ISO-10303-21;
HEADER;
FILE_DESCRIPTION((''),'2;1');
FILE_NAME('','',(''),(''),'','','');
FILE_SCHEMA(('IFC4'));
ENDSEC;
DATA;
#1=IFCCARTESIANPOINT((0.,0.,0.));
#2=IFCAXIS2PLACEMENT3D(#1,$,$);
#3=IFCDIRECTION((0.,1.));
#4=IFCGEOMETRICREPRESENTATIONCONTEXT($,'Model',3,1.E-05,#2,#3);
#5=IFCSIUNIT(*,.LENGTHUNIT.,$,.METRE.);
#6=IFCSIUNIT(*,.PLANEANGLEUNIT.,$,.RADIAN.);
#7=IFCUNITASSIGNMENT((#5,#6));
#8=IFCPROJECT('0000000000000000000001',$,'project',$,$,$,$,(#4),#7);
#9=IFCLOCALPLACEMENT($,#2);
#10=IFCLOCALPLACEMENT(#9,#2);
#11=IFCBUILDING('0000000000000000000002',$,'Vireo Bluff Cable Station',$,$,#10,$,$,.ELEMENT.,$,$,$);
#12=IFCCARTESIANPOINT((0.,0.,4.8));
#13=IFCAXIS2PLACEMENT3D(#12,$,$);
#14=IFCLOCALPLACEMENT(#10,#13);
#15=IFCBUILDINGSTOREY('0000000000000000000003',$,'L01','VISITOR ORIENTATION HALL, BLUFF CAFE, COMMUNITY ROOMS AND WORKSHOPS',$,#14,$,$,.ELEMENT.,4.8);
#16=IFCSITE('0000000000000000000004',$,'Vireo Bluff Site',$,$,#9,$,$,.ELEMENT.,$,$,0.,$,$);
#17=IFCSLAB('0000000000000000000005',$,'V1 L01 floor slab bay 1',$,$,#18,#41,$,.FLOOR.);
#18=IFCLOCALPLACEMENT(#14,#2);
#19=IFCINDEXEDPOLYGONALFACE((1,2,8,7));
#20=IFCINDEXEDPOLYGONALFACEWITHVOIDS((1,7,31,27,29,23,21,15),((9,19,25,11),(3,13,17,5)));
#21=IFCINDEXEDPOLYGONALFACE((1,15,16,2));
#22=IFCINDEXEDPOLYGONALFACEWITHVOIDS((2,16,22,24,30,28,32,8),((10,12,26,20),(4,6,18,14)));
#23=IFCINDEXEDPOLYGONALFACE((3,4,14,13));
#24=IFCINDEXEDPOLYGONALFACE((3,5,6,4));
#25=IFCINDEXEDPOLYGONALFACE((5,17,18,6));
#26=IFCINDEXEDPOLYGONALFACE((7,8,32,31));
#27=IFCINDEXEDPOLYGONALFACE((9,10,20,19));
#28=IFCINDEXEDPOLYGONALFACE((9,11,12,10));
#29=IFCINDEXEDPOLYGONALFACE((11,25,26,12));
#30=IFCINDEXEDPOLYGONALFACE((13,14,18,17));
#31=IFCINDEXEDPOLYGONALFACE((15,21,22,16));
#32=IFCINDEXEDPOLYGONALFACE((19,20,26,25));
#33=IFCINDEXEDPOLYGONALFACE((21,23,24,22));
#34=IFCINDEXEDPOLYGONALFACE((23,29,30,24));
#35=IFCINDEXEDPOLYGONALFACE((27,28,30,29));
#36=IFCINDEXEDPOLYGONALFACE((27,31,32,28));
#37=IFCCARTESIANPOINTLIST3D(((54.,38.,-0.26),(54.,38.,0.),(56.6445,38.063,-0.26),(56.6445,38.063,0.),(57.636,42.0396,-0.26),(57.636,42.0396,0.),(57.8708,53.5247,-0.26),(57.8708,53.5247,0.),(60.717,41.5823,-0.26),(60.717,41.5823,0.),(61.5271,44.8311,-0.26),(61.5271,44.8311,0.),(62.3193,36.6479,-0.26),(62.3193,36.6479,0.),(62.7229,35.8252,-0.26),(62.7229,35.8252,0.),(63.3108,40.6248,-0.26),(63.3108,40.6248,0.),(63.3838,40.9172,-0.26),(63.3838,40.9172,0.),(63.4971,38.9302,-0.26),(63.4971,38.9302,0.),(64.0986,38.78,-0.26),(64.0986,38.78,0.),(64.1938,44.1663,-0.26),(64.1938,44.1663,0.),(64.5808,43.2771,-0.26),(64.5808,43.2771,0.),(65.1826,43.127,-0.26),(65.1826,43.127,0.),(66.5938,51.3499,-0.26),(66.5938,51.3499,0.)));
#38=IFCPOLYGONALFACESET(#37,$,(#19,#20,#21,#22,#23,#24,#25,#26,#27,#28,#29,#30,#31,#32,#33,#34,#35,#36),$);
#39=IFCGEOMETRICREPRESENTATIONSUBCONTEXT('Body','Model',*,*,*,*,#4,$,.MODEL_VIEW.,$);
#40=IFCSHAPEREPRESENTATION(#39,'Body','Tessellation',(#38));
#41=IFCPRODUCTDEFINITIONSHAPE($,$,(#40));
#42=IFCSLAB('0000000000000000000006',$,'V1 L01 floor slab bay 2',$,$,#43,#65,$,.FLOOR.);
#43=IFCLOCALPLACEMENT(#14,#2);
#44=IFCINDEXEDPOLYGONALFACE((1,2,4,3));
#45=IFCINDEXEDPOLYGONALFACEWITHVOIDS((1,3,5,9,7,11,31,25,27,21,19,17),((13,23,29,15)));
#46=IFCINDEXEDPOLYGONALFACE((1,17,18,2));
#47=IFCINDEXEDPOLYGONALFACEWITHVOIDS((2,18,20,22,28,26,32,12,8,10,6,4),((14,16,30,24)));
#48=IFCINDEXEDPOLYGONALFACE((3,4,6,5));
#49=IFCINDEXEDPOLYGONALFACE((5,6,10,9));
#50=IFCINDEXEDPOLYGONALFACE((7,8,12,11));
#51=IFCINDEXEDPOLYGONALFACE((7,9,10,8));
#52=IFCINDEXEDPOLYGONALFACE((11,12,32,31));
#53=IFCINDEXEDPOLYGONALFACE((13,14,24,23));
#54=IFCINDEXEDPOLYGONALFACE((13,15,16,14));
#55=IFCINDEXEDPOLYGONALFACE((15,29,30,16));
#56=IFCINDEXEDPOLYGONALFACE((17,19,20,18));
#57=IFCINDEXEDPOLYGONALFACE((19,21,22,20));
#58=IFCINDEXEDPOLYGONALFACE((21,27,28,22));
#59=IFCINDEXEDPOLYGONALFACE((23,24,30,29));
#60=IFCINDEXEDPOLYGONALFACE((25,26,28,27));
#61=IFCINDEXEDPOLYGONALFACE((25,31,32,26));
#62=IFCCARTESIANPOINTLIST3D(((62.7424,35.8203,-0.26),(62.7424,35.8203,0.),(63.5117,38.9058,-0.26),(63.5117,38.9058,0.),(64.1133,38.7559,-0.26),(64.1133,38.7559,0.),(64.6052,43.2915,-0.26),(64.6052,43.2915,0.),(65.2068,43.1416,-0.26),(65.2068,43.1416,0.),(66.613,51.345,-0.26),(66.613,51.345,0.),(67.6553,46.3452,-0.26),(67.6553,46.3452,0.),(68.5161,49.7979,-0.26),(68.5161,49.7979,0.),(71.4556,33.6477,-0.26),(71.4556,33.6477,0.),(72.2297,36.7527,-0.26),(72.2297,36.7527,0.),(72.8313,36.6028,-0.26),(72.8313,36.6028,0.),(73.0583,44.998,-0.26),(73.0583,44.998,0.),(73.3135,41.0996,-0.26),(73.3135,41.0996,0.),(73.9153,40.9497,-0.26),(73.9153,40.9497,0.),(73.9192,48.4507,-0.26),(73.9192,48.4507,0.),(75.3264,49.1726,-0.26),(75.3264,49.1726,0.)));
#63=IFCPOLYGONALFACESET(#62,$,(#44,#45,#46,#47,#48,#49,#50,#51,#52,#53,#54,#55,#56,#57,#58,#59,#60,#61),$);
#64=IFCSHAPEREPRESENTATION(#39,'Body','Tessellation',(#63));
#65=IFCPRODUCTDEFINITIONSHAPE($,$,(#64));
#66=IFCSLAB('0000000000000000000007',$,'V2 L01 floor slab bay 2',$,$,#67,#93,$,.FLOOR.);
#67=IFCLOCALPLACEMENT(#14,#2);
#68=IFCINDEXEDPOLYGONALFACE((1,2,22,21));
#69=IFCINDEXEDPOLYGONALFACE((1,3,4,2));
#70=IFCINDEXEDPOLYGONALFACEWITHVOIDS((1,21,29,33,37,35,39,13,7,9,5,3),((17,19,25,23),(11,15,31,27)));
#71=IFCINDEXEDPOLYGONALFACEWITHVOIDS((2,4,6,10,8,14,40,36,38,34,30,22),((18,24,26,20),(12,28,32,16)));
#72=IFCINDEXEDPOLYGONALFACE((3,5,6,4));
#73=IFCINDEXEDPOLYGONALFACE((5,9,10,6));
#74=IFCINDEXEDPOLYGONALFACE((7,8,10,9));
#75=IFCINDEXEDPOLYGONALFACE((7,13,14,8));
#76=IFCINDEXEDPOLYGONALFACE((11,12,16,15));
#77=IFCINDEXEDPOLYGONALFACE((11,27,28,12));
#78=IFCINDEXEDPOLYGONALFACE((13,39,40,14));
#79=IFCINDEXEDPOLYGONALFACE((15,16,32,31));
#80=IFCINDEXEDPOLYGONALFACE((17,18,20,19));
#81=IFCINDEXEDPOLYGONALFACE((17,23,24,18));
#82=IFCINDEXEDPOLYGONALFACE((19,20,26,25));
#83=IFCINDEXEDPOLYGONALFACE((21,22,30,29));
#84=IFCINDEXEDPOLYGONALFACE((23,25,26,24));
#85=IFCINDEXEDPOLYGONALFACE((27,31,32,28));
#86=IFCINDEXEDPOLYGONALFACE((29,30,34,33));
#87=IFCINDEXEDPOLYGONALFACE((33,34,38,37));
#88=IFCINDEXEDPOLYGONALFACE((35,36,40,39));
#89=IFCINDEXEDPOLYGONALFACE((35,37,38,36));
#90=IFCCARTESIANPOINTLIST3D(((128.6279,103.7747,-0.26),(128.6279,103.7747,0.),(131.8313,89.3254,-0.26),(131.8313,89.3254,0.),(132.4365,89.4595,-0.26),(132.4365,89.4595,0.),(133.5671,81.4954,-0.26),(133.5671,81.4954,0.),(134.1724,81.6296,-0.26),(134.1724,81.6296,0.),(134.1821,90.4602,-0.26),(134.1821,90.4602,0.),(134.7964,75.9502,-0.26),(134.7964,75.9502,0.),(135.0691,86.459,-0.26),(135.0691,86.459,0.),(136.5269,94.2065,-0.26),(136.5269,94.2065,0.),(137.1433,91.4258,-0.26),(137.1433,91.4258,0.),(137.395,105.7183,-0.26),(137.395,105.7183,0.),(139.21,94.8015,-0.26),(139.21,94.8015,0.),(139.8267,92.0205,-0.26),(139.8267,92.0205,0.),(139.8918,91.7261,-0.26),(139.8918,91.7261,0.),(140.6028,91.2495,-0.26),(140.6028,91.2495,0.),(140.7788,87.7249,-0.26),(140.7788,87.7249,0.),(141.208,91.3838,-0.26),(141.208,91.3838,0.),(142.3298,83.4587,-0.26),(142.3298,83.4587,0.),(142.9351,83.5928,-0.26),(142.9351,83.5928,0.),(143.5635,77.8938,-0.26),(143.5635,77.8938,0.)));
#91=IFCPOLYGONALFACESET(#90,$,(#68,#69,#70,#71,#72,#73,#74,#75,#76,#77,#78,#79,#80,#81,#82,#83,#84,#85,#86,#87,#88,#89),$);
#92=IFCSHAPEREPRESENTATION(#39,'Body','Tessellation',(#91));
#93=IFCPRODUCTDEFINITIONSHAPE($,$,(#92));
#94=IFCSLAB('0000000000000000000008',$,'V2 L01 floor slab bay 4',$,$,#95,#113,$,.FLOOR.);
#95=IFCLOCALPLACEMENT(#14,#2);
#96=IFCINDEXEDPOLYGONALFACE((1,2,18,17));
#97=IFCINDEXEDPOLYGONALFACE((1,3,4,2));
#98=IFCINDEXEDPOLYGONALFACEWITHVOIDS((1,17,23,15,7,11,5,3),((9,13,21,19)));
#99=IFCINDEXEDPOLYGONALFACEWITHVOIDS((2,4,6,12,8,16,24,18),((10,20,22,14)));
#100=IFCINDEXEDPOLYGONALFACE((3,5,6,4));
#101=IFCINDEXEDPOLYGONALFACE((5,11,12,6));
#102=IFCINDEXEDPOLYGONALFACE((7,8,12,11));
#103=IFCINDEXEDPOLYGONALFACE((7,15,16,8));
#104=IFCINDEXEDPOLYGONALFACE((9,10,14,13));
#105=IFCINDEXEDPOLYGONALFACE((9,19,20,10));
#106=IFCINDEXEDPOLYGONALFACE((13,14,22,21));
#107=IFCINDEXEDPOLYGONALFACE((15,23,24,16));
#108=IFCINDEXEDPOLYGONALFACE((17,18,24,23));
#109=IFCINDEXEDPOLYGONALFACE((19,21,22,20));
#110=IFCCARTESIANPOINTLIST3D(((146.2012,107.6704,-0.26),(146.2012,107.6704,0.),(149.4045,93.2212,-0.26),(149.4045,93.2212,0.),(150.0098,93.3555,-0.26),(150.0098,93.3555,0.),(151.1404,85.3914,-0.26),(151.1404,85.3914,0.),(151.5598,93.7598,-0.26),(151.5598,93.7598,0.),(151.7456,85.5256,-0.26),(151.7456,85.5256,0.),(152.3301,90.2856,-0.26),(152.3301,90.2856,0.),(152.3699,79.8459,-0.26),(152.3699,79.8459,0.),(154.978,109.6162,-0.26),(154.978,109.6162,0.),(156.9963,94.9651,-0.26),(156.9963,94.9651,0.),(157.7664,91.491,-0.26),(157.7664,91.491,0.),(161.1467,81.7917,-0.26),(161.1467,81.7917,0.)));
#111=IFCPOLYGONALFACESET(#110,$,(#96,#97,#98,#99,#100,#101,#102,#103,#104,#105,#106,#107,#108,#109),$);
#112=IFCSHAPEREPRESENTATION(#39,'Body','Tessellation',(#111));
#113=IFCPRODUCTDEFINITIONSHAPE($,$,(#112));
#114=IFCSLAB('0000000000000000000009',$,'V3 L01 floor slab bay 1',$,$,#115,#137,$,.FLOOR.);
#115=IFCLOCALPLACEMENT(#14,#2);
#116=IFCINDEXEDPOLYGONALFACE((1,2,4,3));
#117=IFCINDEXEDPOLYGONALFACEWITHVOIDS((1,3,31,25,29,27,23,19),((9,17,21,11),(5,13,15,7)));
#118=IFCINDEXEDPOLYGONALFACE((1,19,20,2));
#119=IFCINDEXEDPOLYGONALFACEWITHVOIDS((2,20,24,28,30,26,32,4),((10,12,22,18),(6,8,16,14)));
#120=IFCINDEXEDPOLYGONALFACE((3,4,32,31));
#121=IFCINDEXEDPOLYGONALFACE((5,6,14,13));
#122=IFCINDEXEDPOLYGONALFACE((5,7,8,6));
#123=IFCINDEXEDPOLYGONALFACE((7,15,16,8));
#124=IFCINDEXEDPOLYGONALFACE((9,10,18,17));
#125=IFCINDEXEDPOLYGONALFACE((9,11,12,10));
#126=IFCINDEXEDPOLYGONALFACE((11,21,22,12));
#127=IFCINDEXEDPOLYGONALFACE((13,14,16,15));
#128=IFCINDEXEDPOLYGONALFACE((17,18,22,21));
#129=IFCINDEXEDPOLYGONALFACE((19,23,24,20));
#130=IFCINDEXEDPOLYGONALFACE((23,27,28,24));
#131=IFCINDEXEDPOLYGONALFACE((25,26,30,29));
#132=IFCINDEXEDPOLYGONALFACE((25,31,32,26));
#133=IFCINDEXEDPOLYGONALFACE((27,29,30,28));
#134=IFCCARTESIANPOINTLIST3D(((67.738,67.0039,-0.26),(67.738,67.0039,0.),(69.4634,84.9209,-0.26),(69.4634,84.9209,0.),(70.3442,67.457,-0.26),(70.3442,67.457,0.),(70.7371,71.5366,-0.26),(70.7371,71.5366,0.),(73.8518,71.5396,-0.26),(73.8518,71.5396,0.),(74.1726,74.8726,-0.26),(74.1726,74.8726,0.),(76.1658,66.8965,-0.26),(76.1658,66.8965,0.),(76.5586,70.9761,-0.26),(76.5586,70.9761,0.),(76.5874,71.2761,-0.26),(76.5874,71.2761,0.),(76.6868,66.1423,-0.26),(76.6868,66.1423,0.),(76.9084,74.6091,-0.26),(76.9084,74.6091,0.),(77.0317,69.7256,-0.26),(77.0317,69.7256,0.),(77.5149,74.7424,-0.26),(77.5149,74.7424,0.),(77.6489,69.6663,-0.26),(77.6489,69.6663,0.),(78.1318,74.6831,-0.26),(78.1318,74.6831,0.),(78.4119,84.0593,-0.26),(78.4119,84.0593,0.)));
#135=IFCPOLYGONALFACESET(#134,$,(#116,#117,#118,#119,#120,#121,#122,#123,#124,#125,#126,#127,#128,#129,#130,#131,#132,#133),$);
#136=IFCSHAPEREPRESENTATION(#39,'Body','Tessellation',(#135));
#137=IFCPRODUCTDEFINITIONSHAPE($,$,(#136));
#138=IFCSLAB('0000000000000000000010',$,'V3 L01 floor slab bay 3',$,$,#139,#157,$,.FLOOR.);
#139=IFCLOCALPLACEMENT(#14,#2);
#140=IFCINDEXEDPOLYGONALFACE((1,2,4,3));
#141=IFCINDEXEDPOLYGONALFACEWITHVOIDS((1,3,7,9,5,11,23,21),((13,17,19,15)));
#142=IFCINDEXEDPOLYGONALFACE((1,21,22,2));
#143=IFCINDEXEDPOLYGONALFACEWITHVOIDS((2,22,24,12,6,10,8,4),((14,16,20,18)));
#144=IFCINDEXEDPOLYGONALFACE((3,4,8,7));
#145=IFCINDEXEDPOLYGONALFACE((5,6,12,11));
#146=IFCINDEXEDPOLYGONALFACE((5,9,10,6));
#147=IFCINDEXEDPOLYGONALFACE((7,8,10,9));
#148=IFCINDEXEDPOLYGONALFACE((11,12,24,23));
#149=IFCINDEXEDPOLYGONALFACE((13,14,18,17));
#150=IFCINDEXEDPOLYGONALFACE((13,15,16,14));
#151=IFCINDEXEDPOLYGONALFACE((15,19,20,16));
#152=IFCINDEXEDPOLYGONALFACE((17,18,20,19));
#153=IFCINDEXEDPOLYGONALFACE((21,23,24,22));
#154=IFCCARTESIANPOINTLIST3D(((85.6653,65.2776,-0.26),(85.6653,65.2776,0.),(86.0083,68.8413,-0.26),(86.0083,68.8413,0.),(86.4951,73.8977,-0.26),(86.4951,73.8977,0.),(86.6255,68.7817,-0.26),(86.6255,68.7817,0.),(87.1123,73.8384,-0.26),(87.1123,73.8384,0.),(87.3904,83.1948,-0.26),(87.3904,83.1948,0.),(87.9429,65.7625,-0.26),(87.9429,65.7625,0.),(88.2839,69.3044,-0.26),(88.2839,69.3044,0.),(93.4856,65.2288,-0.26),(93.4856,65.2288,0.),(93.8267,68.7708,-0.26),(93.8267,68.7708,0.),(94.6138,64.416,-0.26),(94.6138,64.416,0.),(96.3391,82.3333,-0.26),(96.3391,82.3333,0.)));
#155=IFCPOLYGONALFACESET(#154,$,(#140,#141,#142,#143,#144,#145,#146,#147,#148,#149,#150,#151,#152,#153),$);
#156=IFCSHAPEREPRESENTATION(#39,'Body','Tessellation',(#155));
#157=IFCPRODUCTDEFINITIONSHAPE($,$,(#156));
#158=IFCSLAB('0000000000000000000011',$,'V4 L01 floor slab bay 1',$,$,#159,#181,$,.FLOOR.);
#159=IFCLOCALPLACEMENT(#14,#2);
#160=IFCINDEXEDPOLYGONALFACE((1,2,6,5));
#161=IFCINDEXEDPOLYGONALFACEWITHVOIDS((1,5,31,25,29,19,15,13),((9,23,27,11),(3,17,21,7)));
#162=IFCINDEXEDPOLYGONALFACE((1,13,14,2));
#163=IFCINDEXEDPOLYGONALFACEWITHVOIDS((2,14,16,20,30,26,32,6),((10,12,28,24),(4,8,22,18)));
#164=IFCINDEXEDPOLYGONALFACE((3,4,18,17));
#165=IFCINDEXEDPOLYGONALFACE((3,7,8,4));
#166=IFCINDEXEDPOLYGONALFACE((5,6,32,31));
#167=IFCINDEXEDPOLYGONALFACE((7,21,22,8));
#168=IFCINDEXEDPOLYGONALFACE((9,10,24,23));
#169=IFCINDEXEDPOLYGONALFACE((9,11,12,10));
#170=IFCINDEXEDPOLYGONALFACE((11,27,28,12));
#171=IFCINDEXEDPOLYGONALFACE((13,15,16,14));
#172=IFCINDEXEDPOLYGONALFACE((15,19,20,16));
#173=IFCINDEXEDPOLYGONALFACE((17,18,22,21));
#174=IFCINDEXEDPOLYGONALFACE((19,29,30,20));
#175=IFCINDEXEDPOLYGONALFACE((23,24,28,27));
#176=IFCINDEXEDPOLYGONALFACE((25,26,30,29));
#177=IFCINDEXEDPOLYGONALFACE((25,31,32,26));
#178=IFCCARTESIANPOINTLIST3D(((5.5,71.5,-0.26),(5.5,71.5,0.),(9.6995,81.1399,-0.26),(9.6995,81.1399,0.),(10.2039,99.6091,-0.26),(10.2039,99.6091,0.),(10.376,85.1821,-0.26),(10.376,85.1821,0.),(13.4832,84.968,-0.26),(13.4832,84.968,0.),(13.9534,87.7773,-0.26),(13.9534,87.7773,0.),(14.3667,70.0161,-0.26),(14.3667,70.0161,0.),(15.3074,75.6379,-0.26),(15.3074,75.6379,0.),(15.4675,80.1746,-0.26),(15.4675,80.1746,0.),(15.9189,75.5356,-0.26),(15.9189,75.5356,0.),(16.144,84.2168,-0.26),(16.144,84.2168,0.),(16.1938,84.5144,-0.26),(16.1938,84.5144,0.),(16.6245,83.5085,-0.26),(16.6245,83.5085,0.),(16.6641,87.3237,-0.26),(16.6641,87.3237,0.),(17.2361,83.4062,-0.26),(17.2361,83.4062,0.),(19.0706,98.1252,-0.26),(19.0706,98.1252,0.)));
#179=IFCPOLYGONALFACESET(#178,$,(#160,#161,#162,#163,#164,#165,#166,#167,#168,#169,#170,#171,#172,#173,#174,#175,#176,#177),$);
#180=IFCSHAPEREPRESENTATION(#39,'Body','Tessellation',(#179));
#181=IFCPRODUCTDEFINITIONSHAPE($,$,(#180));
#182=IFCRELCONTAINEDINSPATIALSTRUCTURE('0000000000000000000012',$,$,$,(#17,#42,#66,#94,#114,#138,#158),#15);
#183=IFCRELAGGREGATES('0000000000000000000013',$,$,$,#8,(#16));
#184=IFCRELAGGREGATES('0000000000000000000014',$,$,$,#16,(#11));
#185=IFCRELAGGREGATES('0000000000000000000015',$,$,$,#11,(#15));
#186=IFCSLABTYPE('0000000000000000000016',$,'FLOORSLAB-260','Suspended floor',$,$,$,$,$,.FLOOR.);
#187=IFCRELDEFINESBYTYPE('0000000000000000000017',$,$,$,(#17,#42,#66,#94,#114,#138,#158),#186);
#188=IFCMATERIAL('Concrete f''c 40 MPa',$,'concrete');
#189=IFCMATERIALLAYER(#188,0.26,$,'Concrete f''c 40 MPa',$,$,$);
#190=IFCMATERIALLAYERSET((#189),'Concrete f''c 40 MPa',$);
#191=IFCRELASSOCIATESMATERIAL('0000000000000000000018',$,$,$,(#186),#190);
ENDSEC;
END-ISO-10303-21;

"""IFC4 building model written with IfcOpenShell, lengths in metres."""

from ifc_helpers import new_model, si_unit, direction, frame, origin, place, context, subcontext, project, spatial, polyline, outline, extrude, material, layer, layer_set, type_object, element, save


model = new_model("IFC4")

# Units and contexts
model_context = context("Model", 3, precision=1e-05, world=origin(), true_north=direction((0.0, 1.0)))
body_context = subcontext(model_context, "Body", "Model", "MODEL_VIEW")
ifc_project = project(units=[si_unit("LENGTHUNIT", "METRE"), si_unit("PLANEANGLEUNIT", "RADIAN")], contexts=[model_context])

# Site, building, storey
site_placement = place(None, origin())
site = spatial("IfcSite", under=ifc_project, at=site_placement, Name="Vireo Bluff Site", CompositionType="ELEMENT", RefElevation=0.0)
building_placement = place(site_placement, origin())
building = spatial("IfcBuilding", under=site, at=building_placement, Name="Vireo Bluff Cable Station", CompositionType="ELEMENT")
storey_placement = place(building_placement, frame((0.0, 0.0, 4.8)))
storey = spatial("IfcBuildingStorey", under=building, at=storey_placement, Name="L01", Description="VISITOR ORIENTATION HALL, BLUFF CAFE, COMMUNITY ROOMS AND WORKSHOPS", CompositionType="ELEMENT", Elevation=4.8)

# Slabs
ifc_material = material(Name="Concrete f'c 40 MPa", Category="concrete")
ifc_layer_1 = layer(ifc_material, 0.26, Name="Concrete f'c 40 MPa")
ifc_layer_set_1 = layer_set([ifc_layer_1], Name="Concrete f'c 40 MPa")
slab_type_1 = type_object("IfcSlabType", Name="FLOORSLAB-260", Description="Suspended floor", PredefinedType="FLOOR", material=ifc_layer_set_1)
slab_1_placement = place(storey_placement, frame((0.0, 0.0, -0.26)))
element("IfcSlab", 1, at=slab_1_placement, inside=storey, type_object=slab_type_1, Name="V1 L01 floor slab bay 1", PredefinedType="FLOOR", context=body_context, shape_type="SweptSolid", body=[
    extrude(outline(polyline([(54.0, 38.0), (62.7229, 35.8252), (63.4971, 38.9302), (64.0986, 38.78), (65.1826, 43.127), (64.5808, 43.2771), (66.5938, 51.3499), (57.8708, 53.5247), (54.0, 38.0)]), holes=[polyline([(56.6445, 38.063), (57.636, 42.0396), (63.3108, 40.6248), (62.3193, 36.6479), (56.6445, 38.063)]), polyline([(60.717, 41.5823), (61.5271, 44.8311), (64.1938, 44.1663), (63.3838, 40.9172), (60.717, 41.5823)])]), origin(), (0.0, 0.0, 1.0), 0.26),
])
slab_2_placement = place(storey_placement, frame((0.0, 0.0, -0.26)))
element("IfcSlab", 2, at=slab_2_placement, inside=storey, type_object=slab_type_1, Name="V1 L01 floor slab bay 2", PredefinedType="FLOOR", context=body_context, shape_type="SweptSolid", body=[
    extrude(outline(polyline([(62.7424, 35.8203), (71.4556, 33.6477), (72.2297, 36.7527), (72.8313, 36.6028), (73.9153, 40.9497), (73.3135, 41.0996), (75.3264, 49.1726), (66.613, 51.345), (64.6052, 43.2915), (65.2068, 43.1416), (64.1133, 38.7559), (63.5117, 38.9058), (62.7424, 35.8203)]), holes=[polyline([(67.6553, 46.3452), (68.5161, 49.7979), (73.9192, 48.4507), (73.0583, 44.998), (67.6553, 46.3452)])]), origin(), (0.0, 0.0, 1.0), 0.26),
])
slab_3_placement = place(storey_placement, frame((0.0, 0.0, -0.26)))
element("IfcSlab", 3, at=slab_3_placement, inside=storey, type_object=slab_type_1, Name="V2 L01 floor slab bay 2", PredefinedType="FLOOR", context=body_context, shape_type="SweptSolid", body=[
    extrude(outline(polyline([(134.7964, 75.9502), (143.5635, 77.8938), (142.3298, 83.4587), (142.9351, 83.5928), (141.208, 91.3838), (140.6028, 91.2495), (137.395, 105.7183), (128.6279, 103.7747), (131.8313, 89.3254), (132.4365, 89.4595), (134.1724, 81.6296), (133.5671, 81.4954), (134.7964, 75.9502)]), holes=[polyline([(135.0691, 86.459), (134.1821, 90.4602), (139.8918, 91.7261), (140.7788, 87.7249), (135.0691, 86.459)]), polyline([(137.1433, 91.4258), (136.5269, 94.2065), (139.21, 94.8015), (139.8267, 92.0205), (137.1433, 91.4258)])]), origin(), (0.0, 0.0, 1.0), 0.26),
])
slab_4_placement = place(storey_placement, frame((0.0, 0.0, -0.26)))
element("IfcSlab", 4, at=slab_4_placement, inside=storey, type_object=slab_type_1, Name="V2 L01 floor slab bay 4", PredefinedType="FLOOR", context=body_context, shape_type="SweptSolid", body=[
    extrude(outline(polyline([(152.3699, 79.8459), (161.1467, 81.7917), (154.978, 109.6162), (146.2012, 107.6704), (149.4045, 93.2212), (150.0098, 93.3555), (151.7456, 85.5256), (151.1404, 85.3914), (152.3699, 79.8459)]), holes=[polyline([(152.3301, 90.2856), (151.5598, 93.7598), (156.9963, 94.9651), (157.7664, 91.491), (152.3301, 90.2856)])]), origin(), (0.0, 0.0, 1.0), 0.26),
])
slab_5_placement = place(storey_placement, frame((0.0, 0.0, -0.26)))
element("IfcSlab", 5, at=slab_5_placement, inside=storey, type_object=slab_type_1, Name="V3 L01 floor slab bay 1", PredefinedType="FLOOR", context=body_context, shape_type="SweptSolid", body=[
    extrude(outline(polyline([(67.738, 67.0039), (76.6868, 66.1423), (77.0317, 69.7256), (77.6489, 69.6663), (78.1318, 74.6831), (77.5149, 74.7424), (78.4119, 84.0593), (69.4634, 84.9209), (67.738, 67.0039)]), holes=[polyline([(70.3442, 67.457), (70.7371, 71.5366), (76.5586, 70.9761), (76.1658, 66.8965), (70.3442, 67.457)]), polyline([(73.8518, 71.5396), (74.1726, 74.8726), (76.9084, 74.6091), (76.5874, 71.2761), (73.8518, 71.5396)])]), origin(), (0.0, 0.0, 1.0), 0.26),
])
slab_6_placement = place(storey_placement, frame((0.0, 0.0, -0.26)))
element("IfcSlab", 6, at=slab_6_placement, inside=storey, type_object=slab_type_1, Name="V3 L01 floor slab bay 3", PredefinedType="FLOOR", context=body_context, shape_type="SweptSolid", body=[
    extrude(outline(polyline([(85.6653, 65.2776), (94.6138, 64.416), (96.3391, 82.3333), (87.3904, 83.1948), (86.4951, 73.8977), (87.1123, 73.8384), (86.6255, 68.7817), (86.0083, 68.8413), (85.6653, 65.2776)]), holes=[polyline([(87.9429, 65.7625), (88.2839, 69.3044), (93.8267, 68.7708), (93.4856, 65.2288), (87.9429, 65.7625)])]), origin(), (0.0, 0.0, 1.0), 0.26),
])
slab_7_placement = place(storey_placement, frame((0.0, 0.0, -0.26)))
element("IfcSlab", 7, at=slab_7_placement, inside=storey, type_object=slab_type_1, Name="V4 L01 floor slab bay 1", PredefinedType="FLOOR", context=body_context, shape_type="SweptSolid", body=[
    extrude(outline(polyline([(5.5, 71.5), (14.3667, 70.0161), (15.3074, 75.6379), (15.9189, 75.5356), (17.2361, 83.4062), (16.6245, 83.5085), (19.0706, 98.1252), (10.2039, 99.6091), (5.5, 71.5)]), holes=[polyline([(9.6995, 81.1399), (10.376, 85.1821), (16.144, 84.2168), (15.4675, 80.1746), (9.6995, 81.1399)]), polyline([(13.4832, 84.968), (13.9534, 87.7773), (16.6641, 87.3237), (16.1938, 84.5144), (13.4832, 84.968)])]), origin(), (0.0, 0.0, 1.0), 0.26),
])

save(model, "model.ifc")
